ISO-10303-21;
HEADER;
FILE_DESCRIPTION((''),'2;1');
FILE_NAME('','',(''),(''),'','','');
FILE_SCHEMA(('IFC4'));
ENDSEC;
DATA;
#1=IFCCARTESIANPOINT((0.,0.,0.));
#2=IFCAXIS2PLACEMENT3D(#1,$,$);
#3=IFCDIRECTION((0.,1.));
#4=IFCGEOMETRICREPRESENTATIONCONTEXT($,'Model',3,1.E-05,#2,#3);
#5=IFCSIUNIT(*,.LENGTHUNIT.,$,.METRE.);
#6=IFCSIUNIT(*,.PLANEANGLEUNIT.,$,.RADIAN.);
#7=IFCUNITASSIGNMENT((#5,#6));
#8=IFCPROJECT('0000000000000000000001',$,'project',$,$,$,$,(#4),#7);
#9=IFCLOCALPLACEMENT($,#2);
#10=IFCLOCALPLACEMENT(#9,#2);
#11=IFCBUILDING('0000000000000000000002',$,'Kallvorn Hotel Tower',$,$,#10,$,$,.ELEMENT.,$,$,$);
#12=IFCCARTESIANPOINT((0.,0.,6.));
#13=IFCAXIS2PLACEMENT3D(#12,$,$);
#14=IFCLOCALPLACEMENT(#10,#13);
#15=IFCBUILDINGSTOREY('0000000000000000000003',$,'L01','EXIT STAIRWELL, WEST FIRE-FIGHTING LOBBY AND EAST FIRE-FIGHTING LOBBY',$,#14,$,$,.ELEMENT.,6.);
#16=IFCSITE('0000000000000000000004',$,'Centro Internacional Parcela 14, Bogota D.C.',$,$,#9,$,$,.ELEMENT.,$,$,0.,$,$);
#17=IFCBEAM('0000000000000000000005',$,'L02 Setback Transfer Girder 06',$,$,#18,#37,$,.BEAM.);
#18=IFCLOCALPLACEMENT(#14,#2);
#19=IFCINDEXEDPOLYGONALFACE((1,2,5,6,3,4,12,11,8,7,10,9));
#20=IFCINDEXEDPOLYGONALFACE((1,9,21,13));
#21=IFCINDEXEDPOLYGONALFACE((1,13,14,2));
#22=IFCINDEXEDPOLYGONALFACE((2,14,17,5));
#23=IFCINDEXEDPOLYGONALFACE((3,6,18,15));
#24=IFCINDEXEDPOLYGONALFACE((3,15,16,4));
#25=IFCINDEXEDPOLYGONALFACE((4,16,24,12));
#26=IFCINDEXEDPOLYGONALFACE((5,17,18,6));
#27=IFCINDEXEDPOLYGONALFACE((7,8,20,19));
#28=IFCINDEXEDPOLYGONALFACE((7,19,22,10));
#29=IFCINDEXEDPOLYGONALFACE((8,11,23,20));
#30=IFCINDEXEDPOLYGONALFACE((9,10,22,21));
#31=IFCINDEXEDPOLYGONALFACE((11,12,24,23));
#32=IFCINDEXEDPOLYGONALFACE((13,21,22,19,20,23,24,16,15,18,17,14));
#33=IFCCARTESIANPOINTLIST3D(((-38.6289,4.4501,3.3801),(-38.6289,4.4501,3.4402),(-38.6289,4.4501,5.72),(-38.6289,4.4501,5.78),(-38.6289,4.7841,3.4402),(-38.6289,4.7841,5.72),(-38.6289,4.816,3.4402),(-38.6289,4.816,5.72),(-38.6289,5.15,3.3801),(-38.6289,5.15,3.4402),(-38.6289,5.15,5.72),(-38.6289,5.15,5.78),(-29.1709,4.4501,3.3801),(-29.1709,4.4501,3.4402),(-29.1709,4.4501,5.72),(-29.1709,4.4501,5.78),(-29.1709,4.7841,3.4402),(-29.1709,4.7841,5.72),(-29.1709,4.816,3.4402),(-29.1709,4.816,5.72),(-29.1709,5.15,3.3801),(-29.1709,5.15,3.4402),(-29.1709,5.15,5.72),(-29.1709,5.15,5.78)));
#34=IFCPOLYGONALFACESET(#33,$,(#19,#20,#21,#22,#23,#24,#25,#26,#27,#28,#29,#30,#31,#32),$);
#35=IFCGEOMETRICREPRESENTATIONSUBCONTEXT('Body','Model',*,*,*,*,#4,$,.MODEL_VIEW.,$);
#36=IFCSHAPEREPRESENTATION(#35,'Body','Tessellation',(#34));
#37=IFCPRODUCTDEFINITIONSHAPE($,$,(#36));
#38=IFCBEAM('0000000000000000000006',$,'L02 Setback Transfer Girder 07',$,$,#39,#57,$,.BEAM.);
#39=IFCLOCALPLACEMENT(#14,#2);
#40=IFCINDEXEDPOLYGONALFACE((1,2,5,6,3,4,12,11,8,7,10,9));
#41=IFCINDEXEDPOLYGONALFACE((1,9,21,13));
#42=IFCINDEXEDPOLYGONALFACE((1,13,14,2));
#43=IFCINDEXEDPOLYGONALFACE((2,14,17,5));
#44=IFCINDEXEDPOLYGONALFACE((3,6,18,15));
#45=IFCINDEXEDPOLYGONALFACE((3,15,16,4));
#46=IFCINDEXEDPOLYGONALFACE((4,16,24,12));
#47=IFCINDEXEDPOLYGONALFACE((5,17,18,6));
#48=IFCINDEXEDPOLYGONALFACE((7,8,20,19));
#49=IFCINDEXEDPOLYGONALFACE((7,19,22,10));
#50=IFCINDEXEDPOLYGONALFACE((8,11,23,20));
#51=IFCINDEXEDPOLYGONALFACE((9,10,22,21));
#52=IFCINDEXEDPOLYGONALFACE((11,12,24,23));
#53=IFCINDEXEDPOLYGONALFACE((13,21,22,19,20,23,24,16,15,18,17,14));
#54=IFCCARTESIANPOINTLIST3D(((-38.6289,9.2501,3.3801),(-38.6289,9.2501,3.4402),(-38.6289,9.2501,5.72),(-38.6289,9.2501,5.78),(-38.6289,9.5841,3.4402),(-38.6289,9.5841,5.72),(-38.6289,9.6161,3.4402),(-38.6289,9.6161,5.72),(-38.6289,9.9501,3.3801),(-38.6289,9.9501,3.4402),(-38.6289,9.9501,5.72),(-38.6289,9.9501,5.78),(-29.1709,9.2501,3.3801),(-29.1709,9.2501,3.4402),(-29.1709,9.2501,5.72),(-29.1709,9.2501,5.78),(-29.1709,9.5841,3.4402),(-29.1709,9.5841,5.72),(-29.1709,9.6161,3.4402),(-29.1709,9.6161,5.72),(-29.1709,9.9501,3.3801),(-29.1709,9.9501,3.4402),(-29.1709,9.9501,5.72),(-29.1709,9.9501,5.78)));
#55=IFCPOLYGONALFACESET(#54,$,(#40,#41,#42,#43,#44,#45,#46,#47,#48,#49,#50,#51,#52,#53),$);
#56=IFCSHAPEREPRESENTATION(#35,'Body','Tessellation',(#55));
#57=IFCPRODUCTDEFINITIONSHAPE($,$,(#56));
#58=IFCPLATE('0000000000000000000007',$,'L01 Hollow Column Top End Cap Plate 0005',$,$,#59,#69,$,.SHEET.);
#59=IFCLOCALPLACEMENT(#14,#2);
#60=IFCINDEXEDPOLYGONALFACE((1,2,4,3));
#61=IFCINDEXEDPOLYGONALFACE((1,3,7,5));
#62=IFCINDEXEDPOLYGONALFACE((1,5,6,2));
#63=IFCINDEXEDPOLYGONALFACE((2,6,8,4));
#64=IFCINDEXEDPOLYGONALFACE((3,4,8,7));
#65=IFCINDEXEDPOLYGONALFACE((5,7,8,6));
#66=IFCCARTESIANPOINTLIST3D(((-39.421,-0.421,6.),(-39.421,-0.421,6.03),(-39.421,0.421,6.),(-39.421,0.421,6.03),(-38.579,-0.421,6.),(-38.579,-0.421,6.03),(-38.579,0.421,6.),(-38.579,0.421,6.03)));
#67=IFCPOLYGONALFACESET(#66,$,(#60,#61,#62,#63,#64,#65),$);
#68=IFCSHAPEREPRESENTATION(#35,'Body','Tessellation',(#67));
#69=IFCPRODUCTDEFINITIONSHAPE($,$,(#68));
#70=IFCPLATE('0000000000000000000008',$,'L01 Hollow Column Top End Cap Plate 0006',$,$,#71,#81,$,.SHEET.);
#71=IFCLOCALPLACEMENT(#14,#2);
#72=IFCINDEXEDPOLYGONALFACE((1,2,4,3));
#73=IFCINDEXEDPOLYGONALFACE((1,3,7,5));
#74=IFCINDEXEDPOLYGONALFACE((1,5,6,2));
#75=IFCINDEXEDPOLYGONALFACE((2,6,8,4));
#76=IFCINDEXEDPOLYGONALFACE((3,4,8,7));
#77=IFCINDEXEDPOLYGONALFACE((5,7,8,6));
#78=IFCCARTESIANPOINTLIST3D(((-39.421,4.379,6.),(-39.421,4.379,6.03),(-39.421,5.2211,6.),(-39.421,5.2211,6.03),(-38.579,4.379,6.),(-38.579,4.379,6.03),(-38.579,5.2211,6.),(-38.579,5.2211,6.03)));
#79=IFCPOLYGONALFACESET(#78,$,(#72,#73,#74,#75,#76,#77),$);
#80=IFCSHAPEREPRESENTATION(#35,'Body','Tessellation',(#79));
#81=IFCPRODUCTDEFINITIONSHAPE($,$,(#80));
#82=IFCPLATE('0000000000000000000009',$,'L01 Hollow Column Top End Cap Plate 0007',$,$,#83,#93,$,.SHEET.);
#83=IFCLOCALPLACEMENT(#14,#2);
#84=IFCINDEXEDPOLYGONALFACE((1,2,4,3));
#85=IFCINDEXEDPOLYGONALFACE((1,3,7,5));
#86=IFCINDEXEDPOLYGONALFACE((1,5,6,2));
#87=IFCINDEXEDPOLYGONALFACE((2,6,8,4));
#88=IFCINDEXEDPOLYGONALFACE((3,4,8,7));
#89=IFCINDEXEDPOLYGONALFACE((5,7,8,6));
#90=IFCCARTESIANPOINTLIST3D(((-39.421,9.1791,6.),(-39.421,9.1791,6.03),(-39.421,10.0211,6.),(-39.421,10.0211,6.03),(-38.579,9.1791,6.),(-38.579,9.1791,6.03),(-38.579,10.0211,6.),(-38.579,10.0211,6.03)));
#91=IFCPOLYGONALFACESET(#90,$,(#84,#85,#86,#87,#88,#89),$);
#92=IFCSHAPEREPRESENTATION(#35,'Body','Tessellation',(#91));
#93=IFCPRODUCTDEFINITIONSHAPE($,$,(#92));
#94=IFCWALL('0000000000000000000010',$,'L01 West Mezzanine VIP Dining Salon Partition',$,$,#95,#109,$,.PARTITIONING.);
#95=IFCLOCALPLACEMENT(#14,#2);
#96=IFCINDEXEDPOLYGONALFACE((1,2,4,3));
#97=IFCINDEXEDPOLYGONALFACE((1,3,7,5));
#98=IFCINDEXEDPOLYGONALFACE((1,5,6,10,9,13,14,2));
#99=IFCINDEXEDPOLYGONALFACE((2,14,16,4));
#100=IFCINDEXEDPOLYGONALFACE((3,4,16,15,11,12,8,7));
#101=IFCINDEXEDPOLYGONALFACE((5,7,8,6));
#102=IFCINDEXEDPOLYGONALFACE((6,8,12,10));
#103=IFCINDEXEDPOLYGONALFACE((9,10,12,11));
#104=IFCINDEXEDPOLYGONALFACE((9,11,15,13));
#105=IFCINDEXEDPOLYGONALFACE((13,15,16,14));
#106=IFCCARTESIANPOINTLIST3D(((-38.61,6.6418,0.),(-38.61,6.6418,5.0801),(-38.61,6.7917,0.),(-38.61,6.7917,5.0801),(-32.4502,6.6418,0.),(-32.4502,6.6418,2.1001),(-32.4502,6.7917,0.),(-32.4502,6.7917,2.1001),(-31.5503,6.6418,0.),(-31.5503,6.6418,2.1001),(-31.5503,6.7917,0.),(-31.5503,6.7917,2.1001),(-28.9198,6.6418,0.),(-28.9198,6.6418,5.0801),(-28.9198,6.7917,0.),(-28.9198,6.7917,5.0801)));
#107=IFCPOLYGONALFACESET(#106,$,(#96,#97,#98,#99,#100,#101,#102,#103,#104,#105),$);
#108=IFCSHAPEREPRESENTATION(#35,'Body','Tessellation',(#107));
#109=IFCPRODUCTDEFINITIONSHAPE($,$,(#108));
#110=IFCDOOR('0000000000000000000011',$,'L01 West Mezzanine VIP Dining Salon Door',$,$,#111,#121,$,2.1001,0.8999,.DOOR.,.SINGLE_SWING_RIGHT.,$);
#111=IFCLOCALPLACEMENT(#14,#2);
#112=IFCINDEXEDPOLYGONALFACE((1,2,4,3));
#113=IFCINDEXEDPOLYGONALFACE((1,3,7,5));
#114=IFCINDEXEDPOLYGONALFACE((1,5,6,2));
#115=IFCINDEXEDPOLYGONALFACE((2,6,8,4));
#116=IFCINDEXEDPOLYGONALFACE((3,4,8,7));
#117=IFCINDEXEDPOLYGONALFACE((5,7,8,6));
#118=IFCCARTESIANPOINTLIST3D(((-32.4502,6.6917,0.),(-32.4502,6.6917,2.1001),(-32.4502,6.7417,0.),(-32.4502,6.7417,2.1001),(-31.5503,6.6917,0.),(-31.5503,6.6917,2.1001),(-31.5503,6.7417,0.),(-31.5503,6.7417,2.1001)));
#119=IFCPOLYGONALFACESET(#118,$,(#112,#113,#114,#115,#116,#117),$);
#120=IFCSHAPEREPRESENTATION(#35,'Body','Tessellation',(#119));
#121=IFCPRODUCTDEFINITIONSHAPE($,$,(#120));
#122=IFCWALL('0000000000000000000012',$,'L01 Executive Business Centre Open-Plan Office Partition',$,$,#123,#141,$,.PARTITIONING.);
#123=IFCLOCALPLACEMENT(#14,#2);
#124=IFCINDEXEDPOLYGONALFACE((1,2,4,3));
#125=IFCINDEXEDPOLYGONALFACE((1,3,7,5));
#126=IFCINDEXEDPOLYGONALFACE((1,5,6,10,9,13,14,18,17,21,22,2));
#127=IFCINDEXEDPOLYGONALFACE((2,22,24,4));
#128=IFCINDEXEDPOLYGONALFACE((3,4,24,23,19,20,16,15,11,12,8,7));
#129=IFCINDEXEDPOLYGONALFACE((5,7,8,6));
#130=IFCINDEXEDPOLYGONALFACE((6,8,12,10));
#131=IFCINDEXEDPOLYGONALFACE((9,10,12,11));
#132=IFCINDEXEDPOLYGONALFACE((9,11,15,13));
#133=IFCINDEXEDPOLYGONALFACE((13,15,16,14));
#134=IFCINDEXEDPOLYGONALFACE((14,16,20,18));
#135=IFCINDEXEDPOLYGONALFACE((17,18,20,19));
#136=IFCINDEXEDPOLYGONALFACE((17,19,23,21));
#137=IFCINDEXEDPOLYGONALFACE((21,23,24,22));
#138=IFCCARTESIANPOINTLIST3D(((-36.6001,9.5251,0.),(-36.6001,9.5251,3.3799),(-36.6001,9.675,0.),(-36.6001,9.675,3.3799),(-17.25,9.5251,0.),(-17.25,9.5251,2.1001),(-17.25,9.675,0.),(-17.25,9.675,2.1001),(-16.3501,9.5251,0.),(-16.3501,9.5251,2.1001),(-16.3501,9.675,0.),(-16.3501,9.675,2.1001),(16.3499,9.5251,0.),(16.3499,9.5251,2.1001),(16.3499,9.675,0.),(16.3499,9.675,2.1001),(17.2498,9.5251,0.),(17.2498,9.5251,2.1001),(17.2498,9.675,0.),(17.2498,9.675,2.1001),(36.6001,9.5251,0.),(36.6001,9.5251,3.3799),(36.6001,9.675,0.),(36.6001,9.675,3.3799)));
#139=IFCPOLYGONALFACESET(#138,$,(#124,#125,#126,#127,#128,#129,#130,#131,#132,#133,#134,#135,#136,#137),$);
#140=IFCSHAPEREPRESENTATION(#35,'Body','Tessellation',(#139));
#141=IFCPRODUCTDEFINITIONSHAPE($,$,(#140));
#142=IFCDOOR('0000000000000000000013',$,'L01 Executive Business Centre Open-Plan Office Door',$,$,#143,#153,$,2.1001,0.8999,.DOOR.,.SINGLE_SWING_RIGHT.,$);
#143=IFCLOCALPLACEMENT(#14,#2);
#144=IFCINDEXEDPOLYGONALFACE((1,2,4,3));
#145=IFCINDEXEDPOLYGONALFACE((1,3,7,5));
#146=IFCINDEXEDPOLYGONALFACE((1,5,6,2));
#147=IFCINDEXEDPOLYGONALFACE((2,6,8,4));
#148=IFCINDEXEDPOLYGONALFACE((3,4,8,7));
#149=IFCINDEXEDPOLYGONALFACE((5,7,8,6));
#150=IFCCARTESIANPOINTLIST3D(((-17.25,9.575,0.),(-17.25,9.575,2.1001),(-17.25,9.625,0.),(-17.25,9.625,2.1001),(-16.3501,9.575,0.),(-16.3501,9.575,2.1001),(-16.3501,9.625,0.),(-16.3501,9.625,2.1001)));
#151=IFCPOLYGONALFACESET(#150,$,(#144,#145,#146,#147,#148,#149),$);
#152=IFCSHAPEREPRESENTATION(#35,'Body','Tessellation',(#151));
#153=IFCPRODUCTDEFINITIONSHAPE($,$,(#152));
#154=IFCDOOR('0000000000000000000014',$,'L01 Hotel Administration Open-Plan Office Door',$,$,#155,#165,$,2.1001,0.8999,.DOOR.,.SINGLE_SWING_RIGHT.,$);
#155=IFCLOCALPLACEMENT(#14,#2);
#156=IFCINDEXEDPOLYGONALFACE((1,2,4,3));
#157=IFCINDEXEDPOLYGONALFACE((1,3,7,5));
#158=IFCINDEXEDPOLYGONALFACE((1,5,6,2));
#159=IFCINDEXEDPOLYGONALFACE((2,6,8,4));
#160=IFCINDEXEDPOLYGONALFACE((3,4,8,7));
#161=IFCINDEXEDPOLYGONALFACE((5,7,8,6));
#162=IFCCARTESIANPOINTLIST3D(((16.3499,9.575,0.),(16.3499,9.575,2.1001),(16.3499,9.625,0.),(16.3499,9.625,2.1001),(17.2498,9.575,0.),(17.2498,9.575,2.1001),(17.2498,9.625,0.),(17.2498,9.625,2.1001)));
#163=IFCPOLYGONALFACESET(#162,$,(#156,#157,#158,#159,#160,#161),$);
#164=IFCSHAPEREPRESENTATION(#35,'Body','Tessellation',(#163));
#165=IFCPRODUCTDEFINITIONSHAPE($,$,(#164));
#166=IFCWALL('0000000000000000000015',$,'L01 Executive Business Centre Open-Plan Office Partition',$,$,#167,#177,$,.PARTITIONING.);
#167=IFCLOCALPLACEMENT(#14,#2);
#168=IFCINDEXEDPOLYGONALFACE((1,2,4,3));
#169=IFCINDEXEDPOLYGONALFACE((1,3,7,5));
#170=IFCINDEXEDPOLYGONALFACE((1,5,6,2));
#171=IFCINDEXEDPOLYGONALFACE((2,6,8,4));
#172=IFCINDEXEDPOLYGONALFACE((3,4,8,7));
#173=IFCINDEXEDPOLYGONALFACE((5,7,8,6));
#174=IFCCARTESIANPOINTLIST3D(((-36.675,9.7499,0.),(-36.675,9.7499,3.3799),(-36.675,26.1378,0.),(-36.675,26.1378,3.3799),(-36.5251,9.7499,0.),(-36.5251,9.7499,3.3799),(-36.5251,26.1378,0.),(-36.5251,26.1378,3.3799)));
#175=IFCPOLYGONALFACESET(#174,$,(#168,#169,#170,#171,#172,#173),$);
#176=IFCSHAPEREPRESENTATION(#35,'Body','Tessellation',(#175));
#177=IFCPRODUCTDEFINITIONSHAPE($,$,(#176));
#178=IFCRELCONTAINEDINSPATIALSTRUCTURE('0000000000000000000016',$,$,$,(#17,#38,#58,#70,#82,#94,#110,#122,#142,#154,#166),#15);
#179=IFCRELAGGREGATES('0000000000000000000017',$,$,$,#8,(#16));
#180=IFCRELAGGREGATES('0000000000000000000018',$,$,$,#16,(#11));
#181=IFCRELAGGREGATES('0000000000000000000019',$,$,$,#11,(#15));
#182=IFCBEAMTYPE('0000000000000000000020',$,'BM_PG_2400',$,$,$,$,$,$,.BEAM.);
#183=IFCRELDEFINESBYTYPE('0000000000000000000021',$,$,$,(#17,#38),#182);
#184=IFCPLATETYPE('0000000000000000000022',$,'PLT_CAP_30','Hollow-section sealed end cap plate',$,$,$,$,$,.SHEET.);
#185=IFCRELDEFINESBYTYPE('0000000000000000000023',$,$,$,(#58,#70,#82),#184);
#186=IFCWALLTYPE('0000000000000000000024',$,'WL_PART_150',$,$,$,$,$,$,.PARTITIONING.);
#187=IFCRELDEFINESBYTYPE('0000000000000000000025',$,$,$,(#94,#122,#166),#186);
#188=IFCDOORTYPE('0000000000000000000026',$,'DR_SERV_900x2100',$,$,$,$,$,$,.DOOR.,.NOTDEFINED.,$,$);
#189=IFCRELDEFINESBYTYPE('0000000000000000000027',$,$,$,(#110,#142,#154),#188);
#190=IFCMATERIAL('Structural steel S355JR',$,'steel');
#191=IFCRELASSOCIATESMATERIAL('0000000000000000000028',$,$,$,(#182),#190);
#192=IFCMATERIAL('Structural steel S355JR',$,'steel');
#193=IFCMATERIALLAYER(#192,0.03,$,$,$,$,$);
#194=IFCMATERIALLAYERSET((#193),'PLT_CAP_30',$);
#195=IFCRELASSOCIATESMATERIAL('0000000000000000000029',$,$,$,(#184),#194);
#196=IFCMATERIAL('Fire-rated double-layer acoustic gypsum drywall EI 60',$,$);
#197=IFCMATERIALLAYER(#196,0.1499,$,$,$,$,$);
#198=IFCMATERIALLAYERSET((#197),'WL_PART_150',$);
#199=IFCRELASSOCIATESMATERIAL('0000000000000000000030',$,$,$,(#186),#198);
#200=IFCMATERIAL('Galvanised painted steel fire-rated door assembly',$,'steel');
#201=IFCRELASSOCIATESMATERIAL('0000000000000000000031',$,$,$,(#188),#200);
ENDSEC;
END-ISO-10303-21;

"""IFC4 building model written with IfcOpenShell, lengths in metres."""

from ifc_helpers import new_model, si_unit, direction, frame, frame_2d, origin, origin_2d, place, context, subcontext, project, spatial, rectangle, i_section, extrude, material, layer, layer_set, material_profile, profile_set, type_object, element, fill, save


model = new_model("IFC4")

# Units and contexts
model_context = context("Model", 3, precision=1e-05, world=origin(), true_north=direction((0.0, 1.0)))
body_context = subcontext(model_context, "Body", "Model", "MODEL_VIEW")
ifc_project = project(units=[si_unit("LENGTHUNIT", "METRE"), si_unit("PLANEANGLEUNIT", "RADIAN")], contexts=[model_context])

# Site, building, storey
site_placement = place(None, origin())
site = spatial("IfcSite", under=ifc_project, at=site_placement, Name="Centro Internacional Parcela 14, Bogota D.C.", CompositionType="ELEMENT", RefElevation=0.0)
building_placement = place(site_placement, origin())
building = spatial("IfcBuilding", under=site, at=building_placement, Name="Kallvorn Hotel Tower", CompositionType="ELEMENT")
storey_placement = place(building_placement, frame((0.0, 0.0, 6.0)))
storey = spatial("IfcBuildingStorey", under=building, at=storey_placement, Name="L01", Description="EXIT STAIRWELL, WEST FIRE-FIGHTING LOBBY AND EAST FIRE-FIGHTING LOBBY", CompositionType="ELEMENT", Elevation=6.0)

# Beams
ifc_material_1 = material(Name="Structural steel S355JR", Category="steel")
ifc_material_profile_1 = material_profile(ifc_material_1, i_section(OverallWidth=0.7, OverallDepth=2.3999, WebThickness=0.032, FlangeThickness=0.0601, at=origin_2d()), Name="PG 2400x700x32x60")
ifc_profile_set_1 = profile_set([ifc_material_profile_1], Name="Structural steel S355JR")
beam_type_1 = type_object("IfcBeamType", Name="BM_PG_2400", PredefinedType="BEAM", material=ifc_profile_set_1)
for number, where, z_axis, x_axis, name in (
    (1, (-38.6289, 4.8, 4.5801), (1.0, 0.0, 0.0), (0.0, 1.0, 0.0), "L02 Setback Transfer Girder 06"),
    (2, (-38.6289, 9.6001, 4.5801), (1.0, 0.0, 0.0), (0.0, 1.0, 0.0), "L02 Setback Transfer Girder 07"),
):
    element("IfcBeam", number, at=place(storey_placement, frame(where, z_axis=z_axis, x_axis=x_axis)), inside=storey, type_object=beam_type_1, Name=name, PredefinedType="BEAM", context=body_context, shape_type="SweptSolid", body=[
        extrude(i_section(OverallWidth=0.7, OverallDepth=2.3999, WebThickness=0.032, FlangeThickness=0.0601, at=origin_2d()), origin(), (0.0, 0.0, 1.0), 9.458),
    ])

# Plates
ifc_material_2 = material(Name="Structural steel S355JR", Category="steel")
ifc_layer_1 = layer(ifc_material_2, 0.03)
ifc_layer_set_1 = layer_set([ifc_layer_1], Name="PLT_CAP_30")
plate_type = type_object("IfcPlateType", Name="PLT_CAP_30", Description="Hollow-section sealed end cap plate", PredefinedType="SHEET", material=ifc_layer_set_1)
for number, where, z_axis, x_axis, name in (
    (3, (-39.0, 0.0, 6.0), (0.0, 0.0, 1.0), (1.0, 0.0, 0.0), "L01 Hollow Column Top End Cap Plate 0005"),
    (4, (-39.0, 4.8, 6.0), (0.0, 0.0, 1.0), (1.0, 0.0, 0.0), "L01 Hollow Column Top End Cap Plate 0006"),
    (5, (-39.0, 9.6001, 6.0), (0.0, 0.0, 1.0), (1.0, 0.0, 0.0), "L01 Hollow Column Top End Cap Plate 0007"),
):
    element("IfcPlate", number, at=place(storey_placement, frame(where, z_axis=z_axis, x_axis=x_axis)), inside=storey, type_object=plate_type, Name=name, PredefinedType="SHEET", context=body_context, shape_type="SweptSolid", body=[
        extrude(rectangle(XDim=0.842, YDim=0.842, at=origin_2d()), origin(), (0.0, 0.0, 1.0), 0.03),
    ])

# Wall, opening, door
ifc_material_3 = material(Name="Fire-rated double-layer acoustic gypsum drywall EI 60")
ifc_layer_2 = layer(ifc_material_3, 0.1499)
ifc_layer_set_2 = layer_set([ifc_layer_2], Name="WL_PART_150")
wall_type = type_object("IfcWallType", Name="WL_PART_150", PredefinedType="PARTITIONING", material=ifc_layer_set_2)
wall_1_placement = place(storey_placement, frame((-38.6101, 6.7168, 0.0), z_axis=(0.0, 0.0, 1.0), x_axis=(1.0, 0.0, 0.0)))
wall_1 = element("IfcWall", 6, at=wall_1_placement, inside=storey, type_object=wall_type, Name="L01 West Mezzanine VIP Dining Salon Partition", PredefinedType="PARTITIONING", context=body_context, shape_type="SweptSolid", body=[
    extrude(rectangle(XDim=9.6902, YDim=0.1499, at=frame_2d((4.8452, 0.0))), origin(), (0.0, 0.0, 1.0), 5.0801),
])
opening_1_placement = place(wall_1_placement, frame((6.1599, 0.0, 0.0)))
opening_1 = element("IfcOpeningElement", 7, at=opening_1_placement, cuts=wall_1, PredefinedType="OPENING", context=body_context, shape_type="SweptSolid", body=[
    extrude(rectangle(XDim=0.8999, YDim=2.1001, at=frame_2d((0.45, 1.05))), frame((0.0, 0.0898, 0.0), z_axis=(0.0, -1.0, 0.0), x_axis=(1.0, 0.0, 0.0)), (0.0, 0.0, 1.0), 0.1799),
])
ifc_material_4 = material(Name="Galvanised painted steel fire-rated door assembly", Category="steel")
door_type = type_object("IfcDoorType", Name="DR_SERV_900x2100", OperationType="NOTDEFINED", PredefinedType="DOOR", material=ifc_material_4)
door_1_placement = place(opening_1_placement, origin())
door_1 = element("IfcDoor", 8, at=door_1_placement, inside=storey, type_object=door_type, Name="L01 West Mezzanine VIP Dining Salon Door", OperationType="SINGLE_SWING_RIGHT", OverallHeight=2.1001, OverallWidth=0.8999, PredefinedType="DOOR", context=body_context, shape_type="SweptSolid", body=[
    extrude(rectangle(XDim=0.8999, YDim=2.1001, at=frame_2d((0.45, 1.05))), frame((0.0, 0.0249, 0.0), z_axis=(0.0, -1.0, 0.0), x_axis=(1.0, 0.0, 0.0)), (0.0, 0.0, 1.0), 0.05),
])
fill(opening_1, door_1)

# Wall, openings, doors
wall_2_placement = place(storey_placement, frame((-36.6001, 9.6001, 0.0), z_axis=(0.0, 0.0, 1.0), x_axis=(1.0, 0.0, 0.0)))
wall_2 = element("IfcWall", 9, at=wall_2_placement, inside=storey, type_object=wall_type, Name="L01 Executive Business Centre Open-Plan Office Partition", PredefinedType="PARTITIONING", context=body_context, shape_type="SweptSolid", body=[
    extrude(rectangle(XDim=73.2002, YDim=0.1499, at=frame_2d((36.6001, 0.0))), origin(), (0.0, 0.0, 1.0), 3.3799),
])
opening_2_placement = place(wall_2_placement, frame((19.3501, 0.0, 0.0)))
opening_2 = element("IfcOpeningElement", 10, at=opening_2_placement, cuts=wall_2, PredefinedType="OPENING", context=body_context, shape_type="SweptSolid", body=[
    extrude(rectangle(XDim=0.8999, YDim=2.1001, at=frame_2d((0.45, 1.05))), frame((0.0, 0.0898, 0.0), z_axis=(0.0, -1.0, 0.0), x_axis=(1.0, 0.0, 0.0)), (0.0, 0.0, 1.0), 0.1799),
])
opening_3_placement = place(wall_2_placement, frame((52.95, 0.0, 0.0)))
opening_3 = element("IfcOpeningElement", 11, at=opening_3_placement, cuts=wall_2, PredefinedType="OPENING", context=body_context, shape_type="SweptSolid", body=[
    extrude(rectangle(XDim=0.8999, YDim=2.1001, at=frame_2d((0.45, 1.05))), frame((0.0, 0.0898, 0.0), z_axis=(0.0, -1.0, 0.0), x_axis=(1.0, 0.0, 0.0)), (0.0, 0.0, 1.0), 0.1799),
])
door_2_placement = place(opening_2_placement, origin())
door_2 = element("IfcDoor", 12, at=door_2_placement, inside=storey, type_object=door_type, Name="L01 Executive Business Centre Open-Plan Office Door", OperationType="SINGLE_SWING_RIGHT", OverallHeight=2.1001, OverallWidth=0.8999, PredefinedType="DOOR", context=body_context, shape_type="SweptSolid", body=[
    extrude(rectangle(XDim=0.8999, YDim=2.1001, at=frame_2d((0.45, 1.05))), frame((0.0, 0.0249, 0.0), z_axis=(0.0, -1.0, 0.0), x_axis=(1.0, 0.0, 0.0)), (0.0, 0.0, 1.0), 0.05),
])
fill(opening_2, door_2)
door_3_placement = place(opening_3_placement, origin())
door_3 = element("IfcDoor", 13, at=door_3_placement, inside=storey, type_object=door_type, Name="L01 Hotel Administration Open-Plan Office Door", OperationType="SINGLE_SWING_RIGHT", OverallHeight=2.1001, OverallWidth=0.8999, PredefinedType="DOOR", context=body_context, shape_type="SweptSolid", body=[
    extrude(rectangle(XDim=0.8999, YDim=2.1001, at=frame_2d((0.45, 1.05))), frame((0.0, 0.0249, 0.0), z_axis=(0.0, -1.0, 0.0), x_axis=(1.0, 0.0, 0.0)), (0.0, 0.0, 1.0), 0.05),
])
fill(opening_3, door_3)

# Wall
wall_3_placement = place(storey_placement, frame((-36.6001, 9.75, 0.0), z_axis=(0.0, 0.0, 1.0), x_axis=(0.0, 1.0, 0.0)))
element("IfcWall", 14, at=wall_3_placement, inside=storey, type_object=wall_type, Name="L01 Executive Business Centre Open-Plan Office Partition", PredefinedType="PARTITIONING", context=body_context, shape_type="SweptSolid", body=[
    extrude(rectangle(XDim=16.3879, YDim=0.1499, at=frame_2d((8.1938, 0.0))), origin(), (0.0, 0.0, 1.0), 3.3799),
])

save(model, "model.ifc")
